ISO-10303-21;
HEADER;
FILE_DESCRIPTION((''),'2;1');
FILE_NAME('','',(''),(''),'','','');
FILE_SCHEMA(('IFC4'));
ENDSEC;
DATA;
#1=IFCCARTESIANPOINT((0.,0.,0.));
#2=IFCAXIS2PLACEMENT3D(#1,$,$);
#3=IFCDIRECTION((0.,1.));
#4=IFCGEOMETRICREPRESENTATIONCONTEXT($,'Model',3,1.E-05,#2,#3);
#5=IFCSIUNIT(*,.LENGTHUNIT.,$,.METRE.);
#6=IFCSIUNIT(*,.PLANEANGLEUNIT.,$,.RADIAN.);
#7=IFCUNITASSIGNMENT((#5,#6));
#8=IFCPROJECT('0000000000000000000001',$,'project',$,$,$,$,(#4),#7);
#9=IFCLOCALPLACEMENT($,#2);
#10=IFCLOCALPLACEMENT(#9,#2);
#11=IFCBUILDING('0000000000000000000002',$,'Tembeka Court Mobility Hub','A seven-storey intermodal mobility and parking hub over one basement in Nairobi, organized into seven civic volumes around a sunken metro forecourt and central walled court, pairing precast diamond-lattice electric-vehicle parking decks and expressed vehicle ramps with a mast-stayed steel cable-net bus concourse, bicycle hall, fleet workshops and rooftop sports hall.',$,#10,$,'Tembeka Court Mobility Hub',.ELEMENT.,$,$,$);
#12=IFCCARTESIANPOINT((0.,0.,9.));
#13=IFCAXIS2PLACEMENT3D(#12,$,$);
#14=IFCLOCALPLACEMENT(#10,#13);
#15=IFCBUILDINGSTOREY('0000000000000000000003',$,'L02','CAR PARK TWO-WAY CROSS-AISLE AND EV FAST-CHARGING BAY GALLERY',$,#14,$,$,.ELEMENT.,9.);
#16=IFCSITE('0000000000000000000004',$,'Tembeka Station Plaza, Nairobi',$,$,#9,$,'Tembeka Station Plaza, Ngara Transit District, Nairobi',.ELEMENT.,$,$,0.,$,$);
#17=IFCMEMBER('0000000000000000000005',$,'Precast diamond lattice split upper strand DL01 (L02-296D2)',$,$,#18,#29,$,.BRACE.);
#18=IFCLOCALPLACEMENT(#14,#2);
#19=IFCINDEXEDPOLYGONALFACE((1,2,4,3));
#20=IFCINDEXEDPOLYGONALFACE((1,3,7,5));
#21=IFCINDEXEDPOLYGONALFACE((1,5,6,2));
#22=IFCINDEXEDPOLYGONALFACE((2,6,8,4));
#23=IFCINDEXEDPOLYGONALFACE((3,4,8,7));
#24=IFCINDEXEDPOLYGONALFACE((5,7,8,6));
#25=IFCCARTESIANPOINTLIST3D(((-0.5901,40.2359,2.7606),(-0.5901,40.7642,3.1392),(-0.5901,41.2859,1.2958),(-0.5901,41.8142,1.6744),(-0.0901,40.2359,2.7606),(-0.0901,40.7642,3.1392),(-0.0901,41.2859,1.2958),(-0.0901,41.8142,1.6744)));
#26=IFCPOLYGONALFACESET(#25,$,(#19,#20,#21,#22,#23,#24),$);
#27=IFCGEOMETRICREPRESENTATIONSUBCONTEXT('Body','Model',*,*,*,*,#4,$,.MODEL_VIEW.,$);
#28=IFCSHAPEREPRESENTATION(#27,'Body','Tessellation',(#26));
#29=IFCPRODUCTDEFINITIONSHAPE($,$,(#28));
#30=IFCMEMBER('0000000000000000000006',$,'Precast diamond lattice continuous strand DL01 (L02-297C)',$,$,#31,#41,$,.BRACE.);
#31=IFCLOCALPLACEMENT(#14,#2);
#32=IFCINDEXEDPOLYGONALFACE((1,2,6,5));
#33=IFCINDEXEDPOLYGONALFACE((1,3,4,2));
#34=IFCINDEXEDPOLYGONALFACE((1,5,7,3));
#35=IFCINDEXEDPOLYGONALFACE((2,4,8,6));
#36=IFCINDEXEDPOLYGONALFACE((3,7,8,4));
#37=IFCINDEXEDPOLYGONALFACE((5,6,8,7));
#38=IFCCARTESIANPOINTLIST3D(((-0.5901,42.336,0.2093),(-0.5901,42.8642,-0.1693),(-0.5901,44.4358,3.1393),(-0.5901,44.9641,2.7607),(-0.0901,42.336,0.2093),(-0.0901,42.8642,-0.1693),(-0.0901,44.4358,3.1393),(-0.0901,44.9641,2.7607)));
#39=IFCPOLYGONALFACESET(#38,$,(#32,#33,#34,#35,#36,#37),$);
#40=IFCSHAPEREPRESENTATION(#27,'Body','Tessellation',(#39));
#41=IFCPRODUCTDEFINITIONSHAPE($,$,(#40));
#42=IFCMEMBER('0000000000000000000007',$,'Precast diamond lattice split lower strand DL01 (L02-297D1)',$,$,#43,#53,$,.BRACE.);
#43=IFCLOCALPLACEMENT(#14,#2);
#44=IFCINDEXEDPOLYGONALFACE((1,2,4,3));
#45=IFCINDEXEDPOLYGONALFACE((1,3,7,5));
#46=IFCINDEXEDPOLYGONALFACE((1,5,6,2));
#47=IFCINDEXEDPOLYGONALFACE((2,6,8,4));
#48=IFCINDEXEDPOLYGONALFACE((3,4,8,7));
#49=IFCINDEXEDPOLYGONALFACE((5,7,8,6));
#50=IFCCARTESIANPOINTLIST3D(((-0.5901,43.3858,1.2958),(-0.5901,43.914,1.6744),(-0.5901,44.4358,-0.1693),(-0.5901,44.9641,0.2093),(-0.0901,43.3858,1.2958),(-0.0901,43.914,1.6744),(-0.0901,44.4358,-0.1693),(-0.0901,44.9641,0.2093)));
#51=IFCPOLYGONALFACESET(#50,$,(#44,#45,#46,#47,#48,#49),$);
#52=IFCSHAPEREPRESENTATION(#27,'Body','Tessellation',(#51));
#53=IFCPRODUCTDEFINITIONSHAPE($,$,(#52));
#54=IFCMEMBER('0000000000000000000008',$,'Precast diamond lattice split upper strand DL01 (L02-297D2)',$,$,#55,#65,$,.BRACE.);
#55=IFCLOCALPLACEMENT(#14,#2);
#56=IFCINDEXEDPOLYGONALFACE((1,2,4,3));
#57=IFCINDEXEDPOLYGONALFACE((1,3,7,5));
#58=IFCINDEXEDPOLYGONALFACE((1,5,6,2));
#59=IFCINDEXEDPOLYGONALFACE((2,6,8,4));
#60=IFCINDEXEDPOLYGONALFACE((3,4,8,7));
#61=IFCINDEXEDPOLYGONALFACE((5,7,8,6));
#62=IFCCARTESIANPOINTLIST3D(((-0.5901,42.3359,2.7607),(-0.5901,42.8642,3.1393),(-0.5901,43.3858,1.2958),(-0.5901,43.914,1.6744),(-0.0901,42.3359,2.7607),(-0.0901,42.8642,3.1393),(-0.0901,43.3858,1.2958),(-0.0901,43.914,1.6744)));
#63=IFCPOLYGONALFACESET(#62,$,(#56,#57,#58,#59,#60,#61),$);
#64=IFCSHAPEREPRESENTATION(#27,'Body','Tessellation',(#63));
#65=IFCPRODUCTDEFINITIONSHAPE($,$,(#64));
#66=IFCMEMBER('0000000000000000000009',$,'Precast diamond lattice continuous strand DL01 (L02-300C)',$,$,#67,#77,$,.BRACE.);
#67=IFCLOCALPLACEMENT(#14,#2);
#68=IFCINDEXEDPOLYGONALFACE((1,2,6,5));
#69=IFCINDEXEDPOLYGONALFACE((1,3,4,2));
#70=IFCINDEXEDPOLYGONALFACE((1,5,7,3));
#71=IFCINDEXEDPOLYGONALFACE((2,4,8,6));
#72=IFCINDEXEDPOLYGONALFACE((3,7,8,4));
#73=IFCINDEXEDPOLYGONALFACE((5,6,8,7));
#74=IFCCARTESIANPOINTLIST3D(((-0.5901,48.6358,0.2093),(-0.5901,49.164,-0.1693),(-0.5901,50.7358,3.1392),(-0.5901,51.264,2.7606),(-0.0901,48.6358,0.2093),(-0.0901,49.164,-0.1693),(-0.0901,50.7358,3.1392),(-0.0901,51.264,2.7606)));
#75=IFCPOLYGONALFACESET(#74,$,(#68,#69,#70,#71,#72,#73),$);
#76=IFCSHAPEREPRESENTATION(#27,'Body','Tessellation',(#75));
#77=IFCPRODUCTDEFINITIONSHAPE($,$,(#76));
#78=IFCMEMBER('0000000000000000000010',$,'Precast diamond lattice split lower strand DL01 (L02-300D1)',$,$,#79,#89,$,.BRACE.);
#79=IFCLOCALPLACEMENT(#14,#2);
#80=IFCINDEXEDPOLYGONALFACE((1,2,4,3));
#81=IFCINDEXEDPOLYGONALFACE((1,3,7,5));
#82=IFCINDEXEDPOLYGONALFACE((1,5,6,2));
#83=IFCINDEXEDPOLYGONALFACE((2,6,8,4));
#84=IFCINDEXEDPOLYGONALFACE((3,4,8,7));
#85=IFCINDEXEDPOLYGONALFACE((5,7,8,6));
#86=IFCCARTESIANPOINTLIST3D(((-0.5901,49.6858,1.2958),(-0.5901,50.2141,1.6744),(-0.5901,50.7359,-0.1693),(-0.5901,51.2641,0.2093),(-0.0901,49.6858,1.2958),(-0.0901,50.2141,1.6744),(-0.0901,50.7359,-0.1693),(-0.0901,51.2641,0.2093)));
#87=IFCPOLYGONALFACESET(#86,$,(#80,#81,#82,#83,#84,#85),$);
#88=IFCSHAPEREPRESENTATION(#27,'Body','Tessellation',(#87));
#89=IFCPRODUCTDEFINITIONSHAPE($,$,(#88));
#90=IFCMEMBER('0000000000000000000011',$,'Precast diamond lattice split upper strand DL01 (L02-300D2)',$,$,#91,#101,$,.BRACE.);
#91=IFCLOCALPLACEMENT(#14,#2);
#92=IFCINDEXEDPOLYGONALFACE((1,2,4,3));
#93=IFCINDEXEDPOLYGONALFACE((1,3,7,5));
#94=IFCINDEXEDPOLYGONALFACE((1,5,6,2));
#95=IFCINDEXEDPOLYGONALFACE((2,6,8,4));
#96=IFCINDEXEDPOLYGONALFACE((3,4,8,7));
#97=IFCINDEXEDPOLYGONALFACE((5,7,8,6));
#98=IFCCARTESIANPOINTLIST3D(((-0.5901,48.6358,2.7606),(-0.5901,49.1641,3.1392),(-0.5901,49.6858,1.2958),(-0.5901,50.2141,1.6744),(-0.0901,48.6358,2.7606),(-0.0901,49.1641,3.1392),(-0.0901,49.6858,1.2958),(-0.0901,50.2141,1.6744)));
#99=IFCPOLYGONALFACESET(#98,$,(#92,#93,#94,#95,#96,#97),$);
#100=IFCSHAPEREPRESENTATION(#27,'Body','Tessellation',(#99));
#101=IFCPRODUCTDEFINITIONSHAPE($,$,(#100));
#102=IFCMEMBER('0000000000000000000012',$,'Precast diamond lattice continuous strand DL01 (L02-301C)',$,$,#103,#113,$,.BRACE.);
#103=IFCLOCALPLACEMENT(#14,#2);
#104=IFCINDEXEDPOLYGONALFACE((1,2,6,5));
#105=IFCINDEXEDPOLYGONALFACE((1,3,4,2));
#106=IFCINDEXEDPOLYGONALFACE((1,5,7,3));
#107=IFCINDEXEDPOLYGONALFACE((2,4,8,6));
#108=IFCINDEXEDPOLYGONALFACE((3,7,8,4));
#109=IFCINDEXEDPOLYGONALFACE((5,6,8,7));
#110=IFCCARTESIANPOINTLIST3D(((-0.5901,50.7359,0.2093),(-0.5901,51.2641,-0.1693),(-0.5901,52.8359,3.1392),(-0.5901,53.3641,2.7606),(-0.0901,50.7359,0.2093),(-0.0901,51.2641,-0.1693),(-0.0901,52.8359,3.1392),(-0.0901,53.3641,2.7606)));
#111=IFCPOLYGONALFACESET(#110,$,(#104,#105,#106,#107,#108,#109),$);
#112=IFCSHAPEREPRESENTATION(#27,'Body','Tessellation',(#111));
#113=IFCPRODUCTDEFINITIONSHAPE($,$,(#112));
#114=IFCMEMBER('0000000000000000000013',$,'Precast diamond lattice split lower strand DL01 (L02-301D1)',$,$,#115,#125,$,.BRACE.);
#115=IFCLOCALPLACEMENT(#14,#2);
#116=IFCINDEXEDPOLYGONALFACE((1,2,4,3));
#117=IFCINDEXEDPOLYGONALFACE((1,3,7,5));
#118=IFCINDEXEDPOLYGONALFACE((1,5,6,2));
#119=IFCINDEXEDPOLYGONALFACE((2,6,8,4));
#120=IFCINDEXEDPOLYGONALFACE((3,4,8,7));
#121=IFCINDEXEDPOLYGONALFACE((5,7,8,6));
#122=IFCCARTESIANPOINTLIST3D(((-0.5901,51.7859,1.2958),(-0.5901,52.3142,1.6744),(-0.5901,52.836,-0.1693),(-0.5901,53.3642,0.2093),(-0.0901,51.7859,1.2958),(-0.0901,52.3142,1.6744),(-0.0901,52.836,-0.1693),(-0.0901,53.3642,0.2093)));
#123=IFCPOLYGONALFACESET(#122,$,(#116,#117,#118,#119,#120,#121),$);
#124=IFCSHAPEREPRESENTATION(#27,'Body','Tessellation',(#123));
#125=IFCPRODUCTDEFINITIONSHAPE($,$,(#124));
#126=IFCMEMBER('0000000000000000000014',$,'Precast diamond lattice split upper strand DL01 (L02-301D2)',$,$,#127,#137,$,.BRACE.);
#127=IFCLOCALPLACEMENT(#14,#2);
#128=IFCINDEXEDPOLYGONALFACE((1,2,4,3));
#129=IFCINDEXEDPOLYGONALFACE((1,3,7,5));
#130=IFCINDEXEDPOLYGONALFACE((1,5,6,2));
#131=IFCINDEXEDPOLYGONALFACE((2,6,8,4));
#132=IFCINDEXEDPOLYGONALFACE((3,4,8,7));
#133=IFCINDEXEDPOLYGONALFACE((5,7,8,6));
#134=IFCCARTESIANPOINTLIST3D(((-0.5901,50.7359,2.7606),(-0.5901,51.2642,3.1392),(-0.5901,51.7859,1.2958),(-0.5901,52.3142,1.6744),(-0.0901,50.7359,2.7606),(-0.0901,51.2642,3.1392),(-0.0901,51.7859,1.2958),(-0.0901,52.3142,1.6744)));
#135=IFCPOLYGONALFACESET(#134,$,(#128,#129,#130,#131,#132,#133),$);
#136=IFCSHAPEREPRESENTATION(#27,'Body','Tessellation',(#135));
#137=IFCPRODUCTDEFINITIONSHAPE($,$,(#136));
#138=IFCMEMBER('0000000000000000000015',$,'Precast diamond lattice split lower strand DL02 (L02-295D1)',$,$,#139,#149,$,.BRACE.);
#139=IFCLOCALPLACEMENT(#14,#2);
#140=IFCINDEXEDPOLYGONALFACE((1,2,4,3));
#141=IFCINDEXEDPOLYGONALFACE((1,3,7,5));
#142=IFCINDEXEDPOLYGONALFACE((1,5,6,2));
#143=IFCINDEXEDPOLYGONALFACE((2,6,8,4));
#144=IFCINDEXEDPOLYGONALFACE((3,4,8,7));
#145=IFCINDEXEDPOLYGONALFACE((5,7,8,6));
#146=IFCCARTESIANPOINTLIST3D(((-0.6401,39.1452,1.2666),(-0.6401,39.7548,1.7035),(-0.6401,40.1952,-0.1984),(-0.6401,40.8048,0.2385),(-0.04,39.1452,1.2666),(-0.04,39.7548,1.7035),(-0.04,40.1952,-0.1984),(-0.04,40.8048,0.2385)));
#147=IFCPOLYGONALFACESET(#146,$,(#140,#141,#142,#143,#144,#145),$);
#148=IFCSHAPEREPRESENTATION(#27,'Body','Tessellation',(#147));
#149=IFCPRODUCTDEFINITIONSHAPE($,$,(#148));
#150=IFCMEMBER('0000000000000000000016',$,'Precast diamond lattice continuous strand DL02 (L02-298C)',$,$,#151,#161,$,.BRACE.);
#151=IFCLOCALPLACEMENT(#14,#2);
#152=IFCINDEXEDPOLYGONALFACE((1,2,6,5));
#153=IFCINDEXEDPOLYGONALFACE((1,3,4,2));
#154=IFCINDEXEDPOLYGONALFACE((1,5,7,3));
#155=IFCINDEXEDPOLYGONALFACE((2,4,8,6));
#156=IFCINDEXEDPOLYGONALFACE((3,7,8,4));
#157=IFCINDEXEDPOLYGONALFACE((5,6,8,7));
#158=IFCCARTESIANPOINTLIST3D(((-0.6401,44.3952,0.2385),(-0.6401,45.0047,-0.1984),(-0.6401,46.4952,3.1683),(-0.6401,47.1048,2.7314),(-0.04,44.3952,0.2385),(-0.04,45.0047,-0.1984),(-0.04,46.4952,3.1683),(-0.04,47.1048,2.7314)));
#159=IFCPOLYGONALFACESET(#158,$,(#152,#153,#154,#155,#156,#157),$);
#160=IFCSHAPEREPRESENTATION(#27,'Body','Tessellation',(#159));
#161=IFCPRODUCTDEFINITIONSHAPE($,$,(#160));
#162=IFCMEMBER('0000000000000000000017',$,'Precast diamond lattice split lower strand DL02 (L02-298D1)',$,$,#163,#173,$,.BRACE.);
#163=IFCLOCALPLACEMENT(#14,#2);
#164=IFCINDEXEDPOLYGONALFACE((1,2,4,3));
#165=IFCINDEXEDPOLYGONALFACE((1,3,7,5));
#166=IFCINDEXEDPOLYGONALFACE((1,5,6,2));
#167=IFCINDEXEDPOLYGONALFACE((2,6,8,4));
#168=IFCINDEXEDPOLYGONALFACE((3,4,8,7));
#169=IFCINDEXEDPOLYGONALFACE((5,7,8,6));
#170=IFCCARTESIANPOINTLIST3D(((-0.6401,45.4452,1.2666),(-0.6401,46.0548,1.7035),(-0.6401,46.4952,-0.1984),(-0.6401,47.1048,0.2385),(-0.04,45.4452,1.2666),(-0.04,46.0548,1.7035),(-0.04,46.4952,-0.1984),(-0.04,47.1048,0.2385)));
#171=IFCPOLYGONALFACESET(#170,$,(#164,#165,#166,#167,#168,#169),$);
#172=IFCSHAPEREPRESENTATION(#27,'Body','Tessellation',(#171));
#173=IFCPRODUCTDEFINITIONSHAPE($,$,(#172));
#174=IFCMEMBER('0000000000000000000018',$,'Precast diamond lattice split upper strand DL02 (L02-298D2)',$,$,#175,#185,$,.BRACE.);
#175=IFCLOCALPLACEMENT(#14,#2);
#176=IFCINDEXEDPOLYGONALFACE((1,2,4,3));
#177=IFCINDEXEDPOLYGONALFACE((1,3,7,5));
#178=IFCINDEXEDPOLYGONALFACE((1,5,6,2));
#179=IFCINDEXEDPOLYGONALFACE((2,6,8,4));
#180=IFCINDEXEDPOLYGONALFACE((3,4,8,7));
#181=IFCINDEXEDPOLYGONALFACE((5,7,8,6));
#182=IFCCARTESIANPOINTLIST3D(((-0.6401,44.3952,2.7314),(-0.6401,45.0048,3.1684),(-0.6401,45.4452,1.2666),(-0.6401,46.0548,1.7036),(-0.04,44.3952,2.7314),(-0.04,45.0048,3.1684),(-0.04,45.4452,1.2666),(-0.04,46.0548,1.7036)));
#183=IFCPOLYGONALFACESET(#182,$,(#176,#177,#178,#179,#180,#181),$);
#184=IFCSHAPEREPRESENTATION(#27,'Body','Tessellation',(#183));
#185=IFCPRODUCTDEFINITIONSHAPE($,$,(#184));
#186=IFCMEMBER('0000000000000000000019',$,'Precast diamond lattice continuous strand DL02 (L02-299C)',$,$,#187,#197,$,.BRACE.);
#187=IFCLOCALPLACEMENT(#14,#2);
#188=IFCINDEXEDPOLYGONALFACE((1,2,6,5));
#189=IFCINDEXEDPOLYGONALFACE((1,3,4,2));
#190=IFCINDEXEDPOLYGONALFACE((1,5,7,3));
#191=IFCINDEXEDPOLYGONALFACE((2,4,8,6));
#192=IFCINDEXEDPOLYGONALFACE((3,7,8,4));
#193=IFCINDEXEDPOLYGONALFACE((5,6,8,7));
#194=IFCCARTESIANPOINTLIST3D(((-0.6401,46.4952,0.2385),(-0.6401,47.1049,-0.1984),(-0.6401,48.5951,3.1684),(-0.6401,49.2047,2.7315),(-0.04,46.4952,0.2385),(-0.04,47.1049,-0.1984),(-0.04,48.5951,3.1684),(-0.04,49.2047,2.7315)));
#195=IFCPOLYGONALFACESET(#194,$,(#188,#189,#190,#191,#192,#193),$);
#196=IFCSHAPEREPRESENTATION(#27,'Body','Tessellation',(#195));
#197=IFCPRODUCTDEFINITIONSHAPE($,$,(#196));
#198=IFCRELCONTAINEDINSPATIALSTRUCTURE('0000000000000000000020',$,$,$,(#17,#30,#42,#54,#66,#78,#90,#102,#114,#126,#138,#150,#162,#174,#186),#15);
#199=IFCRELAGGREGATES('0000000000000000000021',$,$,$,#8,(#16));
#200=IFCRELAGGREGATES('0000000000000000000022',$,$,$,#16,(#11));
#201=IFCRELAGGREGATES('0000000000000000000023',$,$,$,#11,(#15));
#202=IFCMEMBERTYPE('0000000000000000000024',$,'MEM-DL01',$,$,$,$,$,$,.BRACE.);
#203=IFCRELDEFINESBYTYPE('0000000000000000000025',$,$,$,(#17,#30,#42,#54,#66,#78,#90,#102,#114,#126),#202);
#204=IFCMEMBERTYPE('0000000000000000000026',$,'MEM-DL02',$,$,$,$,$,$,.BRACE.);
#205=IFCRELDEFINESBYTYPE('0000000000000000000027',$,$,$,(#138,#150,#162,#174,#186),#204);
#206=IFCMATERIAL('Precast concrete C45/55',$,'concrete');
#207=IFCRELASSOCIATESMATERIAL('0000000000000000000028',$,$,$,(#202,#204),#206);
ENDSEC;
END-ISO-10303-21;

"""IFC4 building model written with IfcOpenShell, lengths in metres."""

from ifc_helpers import new_model, si_unit, direction, frame, origin, origin_2d, place, context, subcontext, project, spatial, rectangle, extrude, material, material_profile, profile_set, type_object, element, save


model = new_model("IFC4")

# Units and contexts
model_context = context("Model", 3, precision=1e-05, world=origin(), true_north=direction((0.0, 1.0)))
body_context = subcontext(model_context, "Body", "Model", "MODEL_VIEW")
ifc_project = project(units=[si_unit("LENGTHUNIT", "METRE"), si_unit("PLANEANGLEUNIT", "RADIAN")], contexts=[model_context])

# Site, building, storey
site_placement = place(None, origin())
site = spatial("IfcSite", under=ifc_project, at=site_placement, Name="Tembeka Station Plaza, Nairobi", LongName="Tembeka Station Plaza, Ngara Transit District, Nairobi", CompositionType="ELEMENT", RefElevation=0.0)
building_placement = place(site_placement, origin())
building = spatial("IfcBuilding", under=site, at=building_placement, Name="Tembeka Court Mobility Hub", Description="A seven-storey intermodal mobility and parking hub over one basement in Nairobi, organized into seven civic volumes around a sunken metro forecourt and central walled court, pairing precast diamond-lattice electric-vehicle parking decks and expressed vehicle ramps with a mast-stayed steel cable-net bus concourse, bicycle hall, fleet workshops and rooftop sports hall.", LongName="Tembeka Court Mobility Hub", CompositionType="ELEMENT")
storey_placement = place(building_placement, frame((0.0, 0.0, 9.0)))
storey = spatial("IfcBuildingStorey", under=building, at=storey_placement, Name="L02", Description="CAR PARK TWO-WAY CROSS-AISLE AND EV FAST-CHARGING BAY GALLERY", CompositionType="ELEMENT", Elevation=9.0)

# Shared definitions
ifc_material_1 = material(Name="Precast concrete C45/55", Category="concrete")

# Members
ifc_material_profile_1 = material_profile(ifc_material_1, rectangle(XDim=0.5, YDim=0.6499, at=origin_2d()), Name="PC-DIAG 500x650")
ifc_profile_set_1 = profile_set([ifc_material_profile_1], Name="Precast concrete C45/55")
member_type_1 = type_object("IfcMemberType", Name="MEM-DL01", PredefinedType="BRACE", material=ifc_profile_set_1)
member_1_placement = place(storey_placement, frame((-0.3401, 41.55, 1.4851), z_axis=(0.0, -0.582608, 0.812753), x_axis=(1.0, 0.0, 0.0)))
element("IfcMember", 1, at=member_1_placement, inside=storey, type_object=member_type_1, Name="Precast diamond lattice split upper strand DL01 (L02-296D2)", PredefinedType="BRACE", context=body_context, shape_type="SweptSolid", body=[
    extrude(rectangle(XDim=0.5, YDim=0.6499, at=origin_2d()), origin(), (0.0, 0.0, 1.0), 1.8022),
])
member_2_placement = place(storey_placement, frame((-0.3401, 42.6001, 0.02), z_axis=(0.0, 0.582532, 0.812808), x_axis=(-1.0, 0.0, 0.0)))
element("IfcMember", 2, at=member_2_placement, inside=storey, type_object=member_type_1, Name="Precast diamond lattice continuous strand DL01 (L02-297C)", PredefinedType="BRACE", context=body_context, shape_type="SweptSolid", body=[
    extrude(rectangle(XDim=0.5, YDim=0.6499, at=origin_2d()), origin(), (0.0, 0.0, 1.0), 3.6047),
])
member_3_placement = place(storey_placement, frame((-0.3401, 44.7, 0.02), z_axis=(0.0, -0.582544, 0.812799), x_axis=(1.0, 0.0, 0.0)))
element("IfcMember", 3, at=member_3_placement, inside=storey, type_object=member_type_1, Name="Precast diamond lattice split lower strand DL01 (L02-297D1)", PredefinedType="BRACE", context=body_context, shape_type="SweptSolid", body=[
    extrude(rectangle(XDim=0.5, YDim=0.6499, at=origin_2d()), origin(), (0.0, 0.0, 1.0), 1.8025),
])
member_4_placement = place(storey_placement, frame((-0.3401, 43.6499, 1.4851), z_axis=(0.0, -0.582519, 0.812817), x_axis=(1.0, 0.0, 0.0)))
element("IfcMember", 4, at=member_4_placement, inside=storey, type_object=member_type_1, Name="Precast diamond lattice split upper strand DL01 (L02-297D2)", PredefinedType="BRACE", context=body_context, shape_type="SweptSolid", body=[
    extrude(rectangle(XDim=0.5, YDim=0.6499, at=origin_2d()), origin(), (0.0, 0.0, 1.0), 1.8022),
])
member_5_placement = place(storey_placement, frame((-0.3401, 48.8999, 0.02), z_axis=(0.0, 0.582576, 0.812776), x_axis=(-1.0, 0.0, 0.0)))
element("IfcMember", 5, at=member_5_placement, inside=storey, type_object=member_type_1, Name="Precast diamond lattice continuous strand DL01 (L02-300C)", PredefinedType="BRACE", context=body_context, shape_type="SweptSolid", body=[
    extrude(rectangle(XDim=0.5, YDim=0.6499, at=origin_2d()), origin(), (0.0, 0.0, 1.0), 3.6047),
])
member_6_placement = place(storey_placement, frame((-0.3401, 51.0, 0.02), z_axis=(0.0, -0.582544, 0.812799), x_axis=(1.0, 0.0, 0.0)))
element("IfcMember", 6, at=member_6_placement, inside=storey, type_object=member_type_1, Name="Precast diamond lattice split lower strand DL01 (L02-300D1)", PredefinedType="BRACE", context=body_context, shape_type="SweptSolid", body=[
    extrude(rectangle(XDim=0.5, YDim=0.6499, at=origin_2d()), origin(), (0.0, 0.0, 1.0), 1.8025),
])
member_7_placement = place(storey_placement, frame((-0.3401, 49.95, 1.4851), z_axis=(0.0, -0.582608, 0.812753), x_axis=(1.0, 0.0, 0.0)))
element("IfcMember", 7, at=member_7_placement, inside=storey, type_object=member_type_1, Name="Precast diamond lattice split upper strand DL01 (L02-300D2)", PredefinedType="BRACE", context=body_context, shape_type="SweptSolid", body=[
    extrude(rectangle(XDim=0.5, YDim=0.6499, at=origin_2d()), origin(), (0.0, 0.0, 1.0), 1.8022),
])
member_8_placement = place(storey_placement, frame((-0.3401, 51.0, 0.02), z_axis=(0.0, 0.582576, 0.812776), x_axis=(-1.0, 0.0, 0.0)))
element("IfcMember", 8, at=member_8_placement, inside=storey, type_object=member_type_1, Name="Precast diamond lattice continuous strand DL01 (L02-301C)", PredefinedType="BRACE", context=body_context, shape_type="SweptSolid", body=[
    extrude(rectangle(XDim=0.5, YDim=0.6499, at=origin_2d()), origin(), (0.0, 0.0, 1.0), 3.6047),
])
member_9_placement = place(storey_placement, frame((-0.3401, 53.1001, 0.02), z_axis=(0.0, -0.582544, 0.812799), x_axis=(1.0, 0.0, 0.0)))
element("IfcMember", 9, at=member_9_placement, inside=storey, type_object=member_type_1, Name="Precast diamond lattice split lower strand DL01 (L02-301D1)", PredefinedType="BRACE", context=body_context, shape_type="SweptSolid", body=[
    extrude(rectangle(XDim=0.5, YDim=0.6499, at=origin_2d()), origin(), (0.0, 0.0, 1.0), 1.8025),
])
member_10_placement = place(storey_placement, frame((-0.3401, 52.05, 1.4851), z_axis=(0.0, -0.582608, 0.812753), x_axis=(1.0, 0.0, 0.0)))
element("IfcMember", 10, at=member_10_placement, inside=storey, type_object=member_type_1, Name="Precast diamond lattice split upper strand DL01 (L02-301D2)", PredefinedType="BRACE", context=body_context, shape_type="SweptSolid", body=[
    extrude(rectangle(XDim=0.5, YDim=0.6499, at=origin_2d()), origin(), (0.0, 0.0, 1.0), 1.8022),
])
ifc_material_profile_2 = material_profile(ifc_material_1, rectangle(XDim=0.6001, YDim=0.75, at=origin_2d()), Name="PC-DIAG 600x750")
ifc_profile_set_2 = profile_set([ifc_material_profile_2], Name="Precast concrete C45/55")
member_type_2 = type_object("IfcMemberType", Name="MEM-DL02", PredefinedType="BRACE", material=ifc_profile_set_2)
member_11_placement = place(storey_placement, frame((-0.3401, 40.5, 0.02), z_axis=(0.0, -0.582544, 0.812799), x_axis=(1.0, 0.0, 0.0)))
element("IfcMember", 11, at=member_11_placement, inside=storey, type_object=member_type_2, Name="Precast diamond lattice split lower strand DL02 (L02-295D1)", PredefinedType="BRACE", context=body_context, shape_type="SweptSolid", body=[
    extrude(rectangle(XDim=0.6001, YDim=0.75, at=origin_2d()), origin(), (0.0, 0.0, 1.0), 1.8025),
])
member_12_placement = place(storey_placement, frame((-0.3401, 44.7, 0.02), z_axis=(0.0, 0.582576, 0.812776), x_axis=(-1.0, 0.0, 0.0)))
element("IfcMember", 12, at=member_12_placement, inside=storey, type_object=member_type_2, Name="Precast diamond lattice continuous strand DL02 (L02-298C)", PredefinedType="BRACE", context=body_context, shape_type="SweptSolid", body=[
    extrude(rectangle(XDim=0.6001, YDim=0.75, at=origin_2d()), origin(), (0.0, 0.0, 1.0), 3.6047),
])
member_13_placement = place(storey_placement, frame((-0.3401, 46.8, 0.02), z_axis=(0.0, -0.582544, 0.812799), x_axis=(1.0, 0.0, 0.0)))
element("IfcMember", 13, at=member_13_placement, inside=storey, type_object=member_type_2, Name="Precast diamond lattice split lower strand DL02 (L02-298D1)", PredefinedType="BRACE", context=body_context, shape_type="SweptSolid", body=[
    extrude(rectangle(XDim=0.6001, YDim=0.75, at=origin_2d()), origin(), (0.0, 0.0, 1.0), 1.8025),
])
member_14_placement = place(storey_placement, frame((-0.3401, 45.75, 1.4851), z_axis=(0.0, -0.582608, 0.812753), x_axis=(1.0, 0.0, 0.0)))
element("IfcMember", 14, at=member_14_placement, inside=storey, type_object=member_type_2, Name="Precast diamond lattice split upper strand DL02 (L02-298D2)", PredefinedType="BRACE", context=body_context, shape_type="SweptSolid", body=[
    extrude(rectangle(XDim=0.6001, YDim=0.75, at=origin_2d()), origin(), (0.0, 0.0, 1.0), 1.8022),
])
member_15_placement = place(storey_placement, frame((-0.3401, 46.8, 0.02), z_axis=(0.0, 0.582532, 0.812808), x_axis=(-1.0, 0.0, 0.0)))
element("IfcMember", 15, at=member_15_placement, inside=storey, type_object=member_type_2, Name="Precast diamond lattice continuous strand DL02 (L02-299C)", PredefinedType="BRACE", context=body_context, shape_type="SweptSolid", body=[
    extrude(rectangle(XDim=0.6001, YDim=0.75, at=origin_2d()), origin(), (0.0, 0.0, 1.0), 3.6047),
])

save(model, "model.ifc")
